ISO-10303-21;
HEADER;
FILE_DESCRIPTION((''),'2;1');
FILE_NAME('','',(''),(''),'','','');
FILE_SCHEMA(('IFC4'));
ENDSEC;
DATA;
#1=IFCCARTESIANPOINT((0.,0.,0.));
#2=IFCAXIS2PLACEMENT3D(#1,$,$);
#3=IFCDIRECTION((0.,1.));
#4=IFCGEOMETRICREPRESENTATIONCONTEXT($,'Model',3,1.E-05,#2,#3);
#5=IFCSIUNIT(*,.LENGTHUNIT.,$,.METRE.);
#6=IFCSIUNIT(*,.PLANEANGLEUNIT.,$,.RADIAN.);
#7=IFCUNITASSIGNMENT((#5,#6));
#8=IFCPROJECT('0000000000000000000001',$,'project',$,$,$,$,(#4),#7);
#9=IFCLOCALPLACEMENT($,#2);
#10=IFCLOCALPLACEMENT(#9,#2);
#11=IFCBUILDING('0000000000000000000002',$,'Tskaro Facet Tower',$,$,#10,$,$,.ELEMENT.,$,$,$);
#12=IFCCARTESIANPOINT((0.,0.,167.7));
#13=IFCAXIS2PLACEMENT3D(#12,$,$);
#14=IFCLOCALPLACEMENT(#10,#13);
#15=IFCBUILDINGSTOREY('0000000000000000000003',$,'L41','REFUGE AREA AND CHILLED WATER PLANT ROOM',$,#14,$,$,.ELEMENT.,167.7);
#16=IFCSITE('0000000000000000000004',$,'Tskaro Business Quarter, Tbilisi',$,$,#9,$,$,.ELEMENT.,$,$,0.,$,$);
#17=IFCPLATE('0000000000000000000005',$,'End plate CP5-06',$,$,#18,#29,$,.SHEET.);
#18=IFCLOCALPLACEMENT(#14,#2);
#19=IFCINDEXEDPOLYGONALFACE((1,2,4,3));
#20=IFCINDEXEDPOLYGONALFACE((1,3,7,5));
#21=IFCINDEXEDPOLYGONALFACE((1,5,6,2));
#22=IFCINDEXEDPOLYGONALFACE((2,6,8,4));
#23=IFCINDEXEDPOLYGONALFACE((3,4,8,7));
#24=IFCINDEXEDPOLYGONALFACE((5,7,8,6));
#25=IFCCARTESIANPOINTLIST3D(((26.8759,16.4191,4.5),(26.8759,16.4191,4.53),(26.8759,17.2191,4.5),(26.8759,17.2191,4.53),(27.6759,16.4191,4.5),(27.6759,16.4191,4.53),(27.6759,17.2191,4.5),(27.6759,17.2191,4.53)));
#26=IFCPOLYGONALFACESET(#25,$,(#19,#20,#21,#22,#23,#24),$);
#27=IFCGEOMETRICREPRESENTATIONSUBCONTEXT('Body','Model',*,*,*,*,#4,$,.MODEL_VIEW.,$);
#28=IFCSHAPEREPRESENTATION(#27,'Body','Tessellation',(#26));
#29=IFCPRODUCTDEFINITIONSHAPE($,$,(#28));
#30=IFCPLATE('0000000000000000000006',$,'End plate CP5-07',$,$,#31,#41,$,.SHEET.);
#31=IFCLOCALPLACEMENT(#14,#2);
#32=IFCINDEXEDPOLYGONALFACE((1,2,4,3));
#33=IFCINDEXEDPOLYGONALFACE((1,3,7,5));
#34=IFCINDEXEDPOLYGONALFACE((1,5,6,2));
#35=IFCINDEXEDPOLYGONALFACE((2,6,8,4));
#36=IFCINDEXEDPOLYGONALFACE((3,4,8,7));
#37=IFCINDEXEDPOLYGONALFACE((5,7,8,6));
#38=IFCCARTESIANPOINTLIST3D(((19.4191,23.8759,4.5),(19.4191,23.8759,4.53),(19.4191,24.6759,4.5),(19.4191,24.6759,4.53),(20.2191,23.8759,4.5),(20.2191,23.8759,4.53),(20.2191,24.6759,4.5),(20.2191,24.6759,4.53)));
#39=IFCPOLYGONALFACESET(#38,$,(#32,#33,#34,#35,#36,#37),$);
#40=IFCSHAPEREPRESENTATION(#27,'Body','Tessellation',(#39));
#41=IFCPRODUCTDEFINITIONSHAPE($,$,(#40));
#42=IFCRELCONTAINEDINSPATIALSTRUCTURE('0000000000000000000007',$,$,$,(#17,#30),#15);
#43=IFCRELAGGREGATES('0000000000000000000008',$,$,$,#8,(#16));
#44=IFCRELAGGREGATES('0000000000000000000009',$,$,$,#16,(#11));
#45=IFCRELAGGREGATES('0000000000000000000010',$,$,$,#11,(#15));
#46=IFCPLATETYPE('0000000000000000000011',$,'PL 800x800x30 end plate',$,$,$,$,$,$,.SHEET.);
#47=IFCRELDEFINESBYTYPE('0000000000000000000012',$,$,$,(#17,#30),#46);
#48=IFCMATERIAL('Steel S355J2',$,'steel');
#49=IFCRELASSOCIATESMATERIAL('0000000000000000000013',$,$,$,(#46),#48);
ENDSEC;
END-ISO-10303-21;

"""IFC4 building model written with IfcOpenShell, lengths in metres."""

from ifc_helpers import new_model, si_unit, direction, frame, origin, origin_2d, place, context, subcontext, project, spatial, rectangle, extrude, material, material_profile, profile_set, type_object, element, save


model = new_model("IFC4")

# Units and contexts
model_context = context("Model", 3, precision=1e-05, world=origin(), true_north=direction((0.0, 1.0)))
body_context = subcontext(model_context, "Body", "Model", "MODEL_VIEW")
ifc_project = project(units=[si_unit("LENGTHUNIT", "METRE"), si_unit("PLANEANGLEUNIT", "RADIAN")], contexts=[model_context])

# Site, building, storey
site_placement = place(None, origin())
site = spatial("IfcSite", under=ifc_project, at=site_placement, Name="Tskaro Business Quarter, Tbilisi", CompositionType="ELEMENT", RefElevation=0.0)
building_placement = place(site_placement, origin())
building = spatial("IfcBuilding", under=site, at=building_placement, Name="Tskaro Facet Tower", CompositionType="ELEMENT")
storey_placement = place(building_placement, frame((0.0, 0.0, 167.7)))
storey = spatial("IfcBuildingStorey", under=building, at=storey_placement, Name="L41", Description="REFUGE AREA AND CHILLED WATER PLANT ROOM", CompositionType="ELEMENT", Elevation=167.7)

# Shared definitions
ifc_material_1 = material(Name="Steel S355J2", Category="steel")

# Plates
ifc_material_profile_1 = material_profile(ifc_material_1, rectangle(XDim=0.8, YDim=0.8, at=origin_2d()), Name="PL 800x800x30 end plate")
ifc_profile_set_1 = profile_set([ifc_material_profile_1], Name="Steel S355J2")
plate_type = type_object("IfcPlateType", Name="PL 800x800x30 end plate", PredefinedType="SHEET", material=ifc_profile_set_1)
for number, where, z_axis, x_axis, name in (
    (1, (27.2759, 16.8191, 4.5), (0.0, 0.0, 1.0), (1.0, 0.0, 0.0), "End plate CP5-06"),
    (2, (19.8191, 24.2759, 4.5), (0.0, 0.0, 1.0), (1.0, 0.0, 0.0), "End plate CP5-07"),
):
    element("IfcPlate", number, at=place(storey_placement, frame(where, z_axis=z_axis, x_axis=x_axis)), inside=storey, type_object=plate_type, Name=name, PredefinedType="SHEET", context=body_context, shape_type="SweptSolid", body=[
        extrude(rectangle(XDim=0.8, YDim=0.8, at=origin_2d()), origin(), (0.0, 0.0, 1.0), 0.03),
    ])

save(model, "model.ifc")
